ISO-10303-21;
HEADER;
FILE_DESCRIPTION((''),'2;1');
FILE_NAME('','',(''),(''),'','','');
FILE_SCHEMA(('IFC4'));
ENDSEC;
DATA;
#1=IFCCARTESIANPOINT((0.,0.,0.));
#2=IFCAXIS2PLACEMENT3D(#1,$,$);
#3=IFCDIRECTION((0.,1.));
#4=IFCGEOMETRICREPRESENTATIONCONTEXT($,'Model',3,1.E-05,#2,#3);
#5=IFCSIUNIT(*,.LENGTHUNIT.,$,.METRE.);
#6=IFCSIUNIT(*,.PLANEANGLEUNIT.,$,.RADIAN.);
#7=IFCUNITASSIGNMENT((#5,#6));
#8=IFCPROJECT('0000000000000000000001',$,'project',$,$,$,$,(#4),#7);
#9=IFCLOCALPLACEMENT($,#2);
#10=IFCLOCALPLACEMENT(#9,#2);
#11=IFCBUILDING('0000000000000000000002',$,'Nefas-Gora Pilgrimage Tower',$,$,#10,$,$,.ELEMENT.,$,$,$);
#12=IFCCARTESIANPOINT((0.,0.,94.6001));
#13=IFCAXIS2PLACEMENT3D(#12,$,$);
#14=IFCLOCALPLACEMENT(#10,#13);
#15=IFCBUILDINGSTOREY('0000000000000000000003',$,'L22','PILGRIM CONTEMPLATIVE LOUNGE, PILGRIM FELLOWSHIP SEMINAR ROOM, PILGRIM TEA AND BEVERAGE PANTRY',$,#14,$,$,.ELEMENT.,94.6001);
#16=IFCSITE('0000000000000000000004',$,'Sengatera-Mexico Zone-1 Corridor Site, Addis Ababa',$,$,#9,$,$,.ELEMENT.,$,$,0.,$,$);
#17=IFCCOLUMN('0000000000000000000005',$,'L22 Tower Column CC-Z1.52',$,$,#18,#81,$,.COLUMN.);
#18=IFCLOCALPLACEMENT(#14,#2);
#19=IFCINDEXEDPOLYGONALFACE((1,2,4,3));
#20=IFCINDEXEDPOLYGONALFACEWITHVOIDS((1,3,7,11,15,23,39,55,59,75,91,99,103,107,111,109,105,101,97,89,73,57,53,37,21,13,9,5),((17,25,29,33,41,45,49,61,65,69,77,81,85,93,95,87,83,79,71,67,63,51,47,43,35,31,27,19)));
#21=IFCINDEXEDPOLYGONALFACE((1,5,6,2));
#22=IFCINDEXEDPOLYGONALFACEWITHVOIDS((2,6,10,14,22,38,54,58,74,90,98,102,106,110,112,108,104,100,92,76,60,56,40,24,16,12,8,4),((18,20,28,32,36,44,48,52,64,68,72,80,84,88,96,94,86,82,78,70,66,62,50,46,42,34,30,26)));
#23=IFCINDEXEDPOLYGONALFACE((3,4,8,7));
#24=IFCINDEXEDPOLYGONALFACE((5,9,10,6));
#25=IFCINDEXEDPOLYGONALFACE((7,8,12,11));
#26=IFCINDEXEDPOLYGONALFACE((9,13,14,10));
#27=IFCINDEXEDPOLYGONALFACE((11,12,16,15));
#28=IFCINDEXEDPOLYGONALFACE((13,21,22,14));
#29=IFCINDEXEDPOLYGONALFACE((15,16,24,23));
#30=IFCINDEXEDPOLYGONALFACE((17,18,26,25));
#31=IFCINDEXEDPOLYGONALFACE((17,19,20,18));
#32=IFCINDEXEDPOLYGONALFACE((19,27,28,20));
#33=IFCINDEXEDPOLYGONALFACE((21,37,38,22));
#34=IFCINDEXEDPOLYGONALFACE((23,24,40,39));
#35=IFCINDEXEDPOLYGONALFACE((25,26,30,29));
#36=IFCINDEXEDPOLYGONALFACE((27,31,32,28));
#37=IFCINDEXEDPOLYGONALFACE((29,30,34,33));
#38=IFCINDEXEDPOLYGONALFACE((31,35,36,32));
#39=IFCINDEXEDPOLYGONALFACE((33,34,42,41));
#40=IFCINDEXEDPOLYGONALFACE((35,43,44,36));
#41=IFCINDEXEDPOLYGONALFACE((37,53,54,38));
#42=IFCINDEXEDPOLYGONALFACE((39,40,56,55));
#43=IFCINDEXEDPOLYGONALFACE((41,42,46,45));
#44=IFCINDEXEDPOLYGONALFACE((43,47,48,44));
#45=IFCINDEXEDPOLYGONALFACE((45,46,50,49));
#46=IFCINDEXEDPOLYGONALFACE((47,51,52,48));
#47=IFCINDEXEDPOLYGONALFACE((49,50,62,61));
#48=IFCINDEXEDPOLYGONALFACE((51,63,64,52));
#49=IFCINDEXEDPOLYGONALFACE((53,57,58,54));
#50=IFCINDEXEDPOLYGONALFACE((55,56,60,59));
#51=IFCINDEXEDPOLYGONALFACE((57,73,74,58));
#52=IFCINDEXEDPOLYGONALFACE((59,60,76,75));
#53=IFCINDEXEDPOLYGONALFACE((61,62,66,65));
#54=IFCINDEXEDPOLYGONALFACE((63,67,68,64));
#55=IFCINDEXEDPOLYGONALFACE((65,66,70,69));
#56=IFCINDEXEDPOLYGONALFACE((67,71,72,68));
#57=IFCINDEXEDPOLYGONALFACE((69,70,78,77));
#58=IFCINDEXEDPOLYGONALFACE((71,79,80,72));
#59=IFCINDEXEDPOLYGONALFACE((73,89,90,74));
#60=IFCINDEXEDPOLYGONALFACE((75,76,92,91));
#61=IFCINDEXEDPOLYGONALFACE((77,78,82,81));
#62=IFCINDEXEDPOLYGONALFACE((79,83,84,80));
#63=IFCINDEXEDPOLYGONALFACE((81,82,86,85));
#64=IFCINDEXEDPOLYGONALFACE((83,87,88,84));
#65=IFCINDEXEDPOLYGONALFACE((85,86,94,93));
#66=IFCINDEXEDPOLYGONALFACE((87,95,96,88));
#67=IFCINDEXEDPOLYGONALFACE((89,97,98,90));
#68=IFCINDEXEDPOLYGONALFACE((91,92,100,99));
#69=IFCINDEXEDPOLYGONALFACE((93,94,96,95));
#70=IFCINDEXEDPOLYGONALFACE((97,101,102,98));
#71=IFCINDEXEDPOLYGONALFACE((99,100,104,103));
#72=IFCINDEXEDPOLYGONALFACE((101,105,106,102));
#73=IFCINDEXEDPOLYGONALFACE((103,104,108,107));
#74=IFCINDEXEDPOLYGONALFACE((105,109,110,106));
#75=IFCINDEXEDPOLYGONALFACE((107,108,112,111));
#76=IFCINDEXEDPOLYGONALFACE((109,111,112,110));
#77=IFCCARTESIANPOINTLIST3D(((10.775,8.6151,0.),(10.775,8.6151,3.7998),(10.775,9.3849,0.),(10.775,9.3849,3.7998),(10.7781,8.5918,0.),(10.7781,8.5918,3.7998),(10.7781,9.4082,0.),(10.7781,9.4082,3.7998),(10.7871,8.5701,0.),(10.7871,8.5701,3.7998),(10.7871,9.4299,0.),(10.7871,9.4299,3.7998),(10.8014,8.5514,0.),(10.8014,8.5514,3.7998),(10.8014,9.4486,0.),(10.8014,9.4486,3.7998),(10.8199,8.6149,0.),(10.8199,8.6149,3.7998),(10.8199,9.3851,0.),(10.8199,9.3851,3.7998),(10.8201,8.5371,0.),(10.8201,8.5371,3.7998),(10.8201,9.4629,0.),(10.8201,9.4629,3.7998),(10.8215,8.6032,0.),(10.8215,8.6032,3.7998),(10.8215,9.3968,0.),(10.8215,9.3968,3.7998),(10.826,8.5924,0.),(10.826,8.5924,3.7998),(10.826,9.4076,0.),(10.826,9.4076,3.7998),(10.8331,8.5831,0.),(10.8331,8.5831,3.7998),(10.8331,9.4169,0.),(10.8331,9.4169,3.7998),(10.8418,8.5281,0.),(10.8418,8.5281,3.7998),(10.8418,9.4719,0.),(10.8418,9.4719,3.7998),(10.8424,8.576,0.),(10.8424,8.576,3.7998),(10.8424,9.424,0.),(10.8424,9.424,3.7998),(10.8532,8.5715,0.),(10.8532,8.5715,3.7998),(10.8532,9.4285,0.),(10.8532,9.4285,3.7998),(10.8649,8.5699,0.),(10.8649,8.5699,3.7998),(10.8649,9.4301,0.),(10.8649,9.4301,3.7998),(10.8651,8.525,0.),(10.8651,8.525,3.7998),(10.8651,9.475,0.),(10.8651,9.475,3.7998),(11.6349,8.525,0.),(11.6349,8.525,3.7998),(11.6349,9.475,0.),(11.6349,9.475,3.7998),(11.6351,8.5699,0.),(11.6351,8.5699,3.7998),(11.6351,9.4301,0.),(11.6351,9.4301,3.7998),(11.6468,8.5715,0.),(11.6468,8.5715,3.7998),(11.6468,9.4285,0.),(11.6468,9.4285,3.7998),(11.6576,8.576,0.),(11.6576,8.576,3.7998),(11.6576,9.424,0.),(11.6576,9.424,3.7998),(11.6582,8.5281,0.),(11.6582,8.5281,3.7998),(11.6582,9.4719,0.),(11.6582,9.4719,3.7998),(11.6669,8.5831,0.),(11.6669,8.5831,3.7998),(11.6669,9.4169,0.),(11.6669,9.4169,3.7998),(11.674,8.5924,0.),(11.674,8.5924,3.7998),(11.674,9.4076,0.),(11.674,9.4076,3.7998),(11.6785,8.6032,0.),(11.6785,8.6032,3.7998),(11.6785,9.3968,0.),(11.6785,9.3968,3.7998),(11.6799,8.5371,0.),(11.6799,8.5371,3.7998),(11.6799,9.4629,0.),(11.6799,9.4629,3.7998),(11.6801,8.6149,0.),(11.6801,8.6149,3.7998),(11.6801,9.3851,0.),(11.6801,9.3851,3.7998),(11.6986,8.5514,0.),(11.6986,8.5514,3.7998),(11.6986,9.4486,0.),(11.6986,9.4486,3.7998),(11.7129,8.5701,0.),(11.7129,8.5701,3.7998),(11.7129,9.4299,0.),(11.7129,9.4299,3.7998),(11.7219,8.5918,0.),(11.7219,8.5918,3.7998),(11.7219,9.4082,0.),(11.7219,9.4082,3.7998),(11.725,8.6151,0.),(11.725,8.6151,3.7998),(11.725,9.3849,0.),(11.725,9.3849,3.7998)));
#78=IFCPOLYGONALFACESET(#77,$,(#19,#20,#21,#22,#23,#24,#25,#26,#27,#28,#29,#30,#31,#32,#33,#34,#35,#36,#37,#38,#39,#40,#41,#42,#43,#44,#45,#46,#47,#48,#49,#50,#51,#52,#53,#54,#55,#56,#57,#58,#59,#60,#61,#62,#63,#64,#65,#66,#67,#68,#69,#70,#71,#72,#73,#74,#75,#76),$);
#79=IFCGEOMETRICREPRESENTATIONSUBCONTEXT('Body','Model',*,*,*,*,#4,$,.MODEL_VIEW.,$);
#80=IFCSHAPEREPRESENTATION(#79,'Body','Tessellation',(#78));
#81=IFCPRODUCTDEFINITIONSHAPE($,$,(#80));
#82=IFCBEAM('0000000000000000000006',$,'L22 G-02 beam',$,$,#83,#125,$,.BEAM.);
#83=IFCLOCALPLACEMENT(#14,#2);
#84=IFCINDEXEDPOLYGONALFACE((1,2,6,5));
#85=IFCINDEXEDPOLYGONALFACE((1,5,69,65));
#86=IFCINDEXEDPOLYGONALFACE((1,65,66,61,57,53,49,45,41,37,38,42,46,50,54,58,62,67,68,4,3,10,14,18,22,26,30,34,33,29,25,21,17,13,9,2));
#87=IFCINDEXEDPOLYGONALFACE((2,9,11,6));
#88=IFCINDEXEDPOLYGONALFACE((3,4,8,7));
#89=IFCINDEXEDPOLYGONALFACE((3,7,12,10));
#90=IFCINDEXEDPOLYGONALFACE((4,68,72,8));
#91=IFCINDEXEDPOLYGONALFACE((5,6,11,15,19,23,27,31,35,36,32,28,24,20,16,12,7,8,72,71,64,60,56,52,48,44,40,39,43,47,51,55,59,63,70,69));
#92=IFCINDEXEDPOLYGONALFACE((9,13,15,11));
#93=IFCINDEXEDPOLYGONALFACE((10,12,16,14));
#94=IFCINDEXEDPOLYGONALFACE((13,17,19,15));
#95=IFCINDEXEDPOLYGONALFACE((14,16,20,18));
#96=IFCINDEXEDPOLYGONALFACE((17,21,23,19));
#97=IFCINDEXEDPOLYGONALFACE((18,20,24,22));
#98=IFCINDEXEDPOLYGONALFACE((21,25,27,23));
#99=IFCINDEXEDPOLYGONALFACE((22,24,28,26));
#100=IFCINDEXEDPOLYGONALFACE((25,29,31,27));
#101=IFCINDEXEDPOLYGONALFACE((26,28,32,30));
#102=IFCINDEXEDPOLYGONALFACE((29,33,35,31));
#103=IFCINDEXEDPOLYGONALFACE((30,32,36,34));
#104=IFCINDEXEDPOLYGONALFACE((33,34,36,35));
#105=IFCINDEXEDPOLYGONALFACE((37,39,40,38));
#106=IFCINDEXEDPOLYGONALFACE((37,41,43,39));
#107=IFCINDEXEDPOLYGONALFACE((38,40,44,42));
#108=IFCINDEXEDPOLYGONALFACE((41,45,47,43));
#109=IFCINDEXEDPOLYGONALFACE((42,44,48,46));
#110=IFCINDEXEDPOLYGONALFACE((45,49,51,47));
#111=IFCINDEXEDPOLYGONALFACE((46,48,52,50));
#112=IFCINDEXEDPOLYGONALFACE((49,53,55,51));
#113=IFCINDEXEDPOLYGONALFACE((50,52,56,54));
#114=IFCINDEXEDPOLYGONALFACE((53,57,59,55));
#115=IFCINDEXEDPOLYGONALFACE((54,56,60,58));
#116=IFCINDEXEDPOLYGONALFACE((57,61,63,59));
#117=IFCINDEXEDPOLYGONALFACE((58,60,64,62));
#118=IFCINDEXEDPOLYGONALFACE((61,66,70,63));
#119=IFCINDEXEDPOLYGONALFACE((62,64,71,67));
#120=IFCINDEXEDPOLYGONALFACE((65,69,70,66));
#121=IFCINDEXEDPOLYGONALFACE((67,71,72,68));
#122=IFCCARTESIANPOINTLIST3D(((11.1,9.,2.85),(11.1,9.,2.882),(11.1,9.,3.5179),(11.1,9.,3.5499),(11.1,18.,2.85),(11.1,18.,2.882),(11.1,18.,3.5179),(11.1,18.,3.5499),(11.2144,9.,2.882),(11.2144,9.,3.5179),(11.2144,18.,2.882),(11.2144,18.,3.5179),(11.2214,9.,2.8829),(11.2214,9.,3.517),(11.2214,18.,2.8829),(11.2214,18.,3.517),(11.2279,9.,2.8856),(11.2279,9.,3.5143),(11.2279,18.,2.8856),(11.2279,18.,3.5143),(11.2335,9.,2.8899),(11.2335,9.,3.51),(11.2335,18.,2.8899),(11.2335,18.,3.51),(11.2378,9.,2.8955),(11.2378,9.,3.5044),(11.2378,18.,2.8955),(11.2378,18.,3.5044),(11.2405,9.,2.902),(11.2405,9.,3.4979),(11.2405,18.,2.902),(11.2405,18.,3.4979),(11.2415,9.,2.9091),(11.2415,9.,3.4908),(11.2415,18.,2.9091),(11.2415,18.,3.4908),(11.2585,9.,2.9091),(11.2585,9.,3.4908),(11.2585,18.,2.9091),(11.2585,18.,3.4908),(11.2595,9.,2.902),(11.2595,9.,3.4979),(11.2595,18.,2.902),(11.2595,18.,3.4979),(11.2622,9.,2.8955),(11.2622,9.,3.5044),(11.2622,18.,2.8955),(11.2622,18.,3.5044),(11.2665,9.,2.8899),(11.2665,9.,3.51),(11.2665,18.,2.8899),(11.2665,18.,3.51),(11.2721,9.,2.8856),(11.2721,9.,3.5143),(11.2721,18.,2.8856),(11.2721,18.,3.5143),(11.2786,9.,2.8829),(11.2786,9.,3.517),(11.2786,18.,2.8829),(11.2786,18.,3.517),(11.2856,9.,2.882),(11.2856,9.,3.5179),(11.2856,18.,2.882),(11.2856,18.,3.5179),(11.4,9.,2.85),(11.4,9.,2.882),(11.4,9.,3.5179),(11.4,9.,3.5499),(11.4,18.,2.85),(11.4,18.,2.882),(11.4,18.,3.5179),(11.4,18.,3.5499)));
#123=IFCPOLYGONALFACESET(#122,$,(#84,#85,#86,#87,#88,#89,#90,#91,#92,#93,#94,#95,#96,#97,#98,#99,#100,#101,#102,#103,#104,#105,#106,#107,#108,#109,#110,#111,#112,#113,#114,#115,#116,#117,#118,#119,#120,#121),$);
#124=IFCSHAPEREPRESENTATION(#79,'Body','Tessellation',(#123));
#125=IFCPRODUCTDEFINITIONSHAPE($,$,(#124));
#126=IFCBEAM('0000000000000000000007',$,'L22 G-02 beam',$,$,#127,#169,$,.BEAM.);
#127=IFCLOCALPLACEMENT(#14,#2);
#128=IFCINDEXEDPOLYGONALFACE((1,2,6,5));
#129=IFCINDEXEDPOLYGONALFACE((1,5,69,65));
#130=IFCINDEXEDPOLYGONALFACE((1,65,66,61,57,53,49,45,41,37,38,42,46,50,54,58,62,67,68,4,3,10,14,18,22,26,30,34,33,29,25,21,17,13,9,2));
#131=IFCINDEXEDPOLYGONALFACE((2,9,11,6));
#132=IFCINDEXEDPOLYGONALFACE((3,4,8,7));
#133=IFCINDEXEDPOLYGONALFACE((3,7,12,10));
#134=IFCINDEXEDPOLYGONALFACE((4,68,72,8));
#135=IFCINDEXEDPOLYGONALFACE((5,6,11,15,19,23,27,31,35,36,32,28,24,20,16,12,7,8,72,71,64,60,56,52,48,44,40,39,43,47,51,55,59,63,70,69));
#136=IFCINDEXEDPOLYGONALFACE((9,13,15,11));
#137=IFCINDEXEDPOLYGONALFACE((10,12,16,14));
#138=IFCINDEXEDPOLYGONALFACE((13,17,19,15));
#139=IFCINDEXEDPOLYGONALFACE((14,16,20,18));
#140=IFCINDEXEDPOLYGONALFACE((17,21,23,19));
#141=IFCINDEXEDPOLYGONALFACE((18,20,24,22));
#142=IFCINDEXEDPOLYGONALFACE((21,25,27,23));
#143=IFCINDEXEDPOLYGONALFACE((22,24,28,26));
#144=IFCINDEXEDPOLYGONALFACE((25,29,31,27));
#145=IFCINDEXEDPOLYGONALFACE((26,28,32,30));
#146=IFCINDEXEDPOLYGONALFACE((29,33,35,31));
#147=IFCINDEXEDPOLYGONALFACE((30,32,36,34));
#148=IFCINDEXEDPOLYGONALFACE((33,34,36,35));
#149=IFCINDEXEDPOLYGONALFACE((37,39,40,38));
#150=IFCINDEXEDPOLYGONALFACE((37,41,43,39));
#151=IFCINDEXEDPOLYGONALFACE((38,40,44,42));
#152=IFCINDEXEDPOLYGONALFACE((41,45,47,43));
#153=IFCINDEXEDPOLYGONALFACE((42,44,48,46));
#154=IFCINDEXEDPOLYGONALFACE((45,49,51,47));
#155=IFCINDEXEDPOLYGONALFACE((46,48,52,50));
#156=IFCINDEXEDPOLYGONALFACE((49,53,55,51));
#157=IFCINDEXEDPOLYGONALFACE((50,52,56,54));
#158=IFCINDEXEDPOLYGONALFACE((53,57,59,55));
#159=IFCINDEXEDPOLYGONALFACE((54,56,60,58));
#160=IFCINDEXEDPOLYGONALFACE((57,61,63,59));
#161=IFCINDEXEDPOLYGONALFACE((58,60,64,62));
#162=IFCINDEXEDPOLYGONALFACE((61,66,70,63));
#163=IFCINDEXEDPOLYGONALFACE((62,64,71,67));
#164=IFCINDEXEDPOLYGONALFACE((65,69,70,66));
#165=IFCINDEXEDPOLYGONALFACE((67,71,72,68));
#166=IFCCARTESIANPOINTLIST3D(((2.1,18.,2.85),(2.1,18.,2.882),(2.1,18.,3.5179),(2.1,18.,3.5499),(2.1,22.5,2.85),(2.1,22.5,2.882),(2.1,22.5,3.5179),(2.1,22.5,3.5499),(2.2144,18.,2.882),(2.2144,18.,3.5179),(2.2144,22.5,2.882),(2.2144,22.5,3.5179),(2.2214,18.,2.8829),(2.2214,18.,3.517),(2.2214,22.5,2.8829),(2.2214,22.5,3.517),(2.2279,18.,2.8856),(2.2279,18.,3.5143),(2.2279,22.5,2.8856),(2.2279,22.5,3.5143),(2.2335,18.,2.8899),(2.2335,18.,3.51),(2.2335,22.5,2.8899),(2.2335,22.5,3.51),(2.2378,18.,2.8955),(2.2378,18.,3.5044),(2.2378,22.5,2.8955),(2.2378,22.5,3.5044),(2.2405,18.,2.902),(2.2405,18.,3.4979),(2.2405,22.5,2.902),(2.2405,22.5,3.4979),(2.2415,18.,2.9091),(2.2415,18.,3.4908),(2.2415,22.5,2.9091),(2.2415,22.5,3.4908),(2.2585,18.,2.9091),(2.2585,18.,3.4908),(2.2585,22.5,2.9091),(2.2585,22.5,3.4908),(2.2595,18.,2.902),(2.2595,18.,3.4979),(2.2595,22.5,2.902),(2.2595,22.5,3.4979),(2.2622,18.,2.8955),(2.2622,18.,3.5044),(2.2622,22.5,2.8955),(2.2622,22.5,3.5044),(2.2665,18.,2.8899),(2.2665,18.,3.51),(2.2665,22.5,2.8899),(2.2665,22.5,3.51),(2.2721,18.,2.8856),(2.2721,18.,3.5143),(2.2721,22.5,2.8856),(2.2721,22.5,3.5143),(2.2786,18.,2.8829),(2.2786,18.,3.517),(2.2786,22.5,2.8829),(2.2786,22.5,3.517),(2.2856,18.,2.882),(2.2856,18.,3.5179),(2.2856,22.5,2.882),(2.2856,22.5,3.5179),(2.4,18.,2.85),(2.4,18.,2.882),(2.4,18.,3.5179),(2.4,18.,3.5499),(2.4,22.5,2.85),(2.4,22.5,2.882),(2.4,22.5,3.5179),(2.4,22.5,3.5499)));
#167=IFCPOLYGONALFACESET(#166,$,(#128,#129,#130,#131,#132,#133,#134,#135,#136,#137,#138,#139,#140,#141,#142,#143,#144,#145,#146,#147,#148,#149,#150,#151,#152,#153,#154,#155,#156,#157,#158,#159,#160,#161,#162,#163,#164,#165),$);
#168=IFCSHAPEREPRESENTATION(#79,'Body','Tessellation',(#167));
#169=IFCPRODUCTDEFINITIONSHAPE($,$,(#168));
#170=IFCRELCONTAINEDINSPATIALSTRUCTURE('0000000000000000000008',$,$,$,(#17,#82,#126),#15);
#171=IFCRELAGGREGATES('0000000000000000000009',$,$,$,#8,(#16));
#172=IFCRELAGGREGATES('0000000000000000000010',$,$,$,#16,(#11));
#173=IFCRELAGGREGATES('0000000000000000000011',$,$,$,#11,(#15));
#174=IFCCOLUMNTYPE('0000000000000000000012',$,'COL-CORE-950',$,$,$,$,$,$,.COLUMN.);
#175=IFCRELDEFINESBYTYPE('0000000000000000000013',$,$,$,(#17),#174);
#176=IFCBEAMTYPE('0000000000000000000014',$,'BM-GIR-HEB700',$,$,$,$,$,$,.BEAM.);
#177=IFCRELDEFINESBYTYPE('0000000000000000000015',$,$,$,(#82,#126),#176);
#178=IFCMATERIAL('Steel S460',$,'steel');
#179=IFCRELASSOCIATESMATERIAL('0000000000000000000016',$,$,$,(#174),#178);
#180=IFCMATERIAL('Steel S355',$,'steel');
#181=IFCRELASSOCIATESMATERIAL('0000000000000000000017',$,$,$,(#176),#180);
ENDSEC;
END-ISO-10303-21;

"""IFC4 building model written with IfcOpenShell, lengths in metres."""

from ifc_helpers import new_model, si_unit, direction, frame, origin, origin_2d, place, context, subcontext, project, spatial, hollow_rectangle, i_section, extrude, source, transform, mapped, material, material_profile, profile_set, type_object, element, save


model = new_model("IFC4")

# Units and contexts
model_context = context("Model", 3, precision=1e-05, world=origin(), true_north=direction((0.0, 1.0)))
body_context = subcontext(model_context, "Body", "Model", "MODEL_VIEW")
ifc_project = project(units=[si_unit("LENGTHUNIT", "METRE"), si_unit("PLANEANGLEUNIT", "RADIAN")], contexts=[model_context])

# Site, building, storey
site_placement = place(None, origin())
site = spatial("IfcSite", under=ifc_project, at=site_placement, Name="Sengatera-Mexico Zone-1 Corridor Site, Addis Ababa", CompositionType="ELEMENT", RefElevation=0.0)
building_placement = place(site_placement, origin())
building = spatial("IfcBuilding", under=site, at=building_placement, Name="Nefas-Gora Pilgrimage Tower", CompositionType="ELEMENT")
storey_placement = place(building_placement, frame((0.0, 0.0, 94.6001)))
storey = spatial("IfcBuildingStorey", under=building, at=storey_placement, Name="L22", Description="PILGRIM CONTEMPLATIVE LOUNGE, PILGRIM FELLOWSHIP SEMINAR ROOM, PILGRIM TEA AND BEVERAGE PANTRY", CompositionType="ELEMENT", Elevation=94.6001)

# Column
ifc_material_1 = material(Name="Steel S460", Category="steel")
ifc_material_profile_1 = material_profile(ifc_material_1, hollow_rectangle(XDim=0.95, YDim=0.95, WallThickness=0.0449, InnerFilletRadius=0.0449, OuterFilletRadius=0.0901, at=origin_2d()), Name="BOX 950x950x45")
ifc_profile_set_1 = profile_set([ifc_material_profile_1], Name="Steel S460")
column_type_1 = type_object("IfcColumnType", Name="COL-CORE-950", PredefinedType="COLUMN", material=ifc_profile_set_1)
shared_shape_1 = source(origin(), body_context, "Body", "SweptSolid", [
    extrude(hollow_rectangle(XDim=0.95, YDim=0.95, WallThickness=0.0449, InnerFilletRadius=0.0449, OuterFilletRadius=0.0901, at=origin_2d()), origin(), (0.0, 0.0, 1.0), 3.7998),
])
column_placement = place(storey_placement, frame((11.25, 9.0, 0.0), z_axis=(0.0, 0.0, 1.0), x_axis=(1.0, 0.0, 0.0)))
element("IfcColumn", 1, at=column_placement, inside=storey, type_object=column_type_1, Name="L22 Tower Column CC-Z1.52", PredefinedType="COLUMN", context=body_context, shape_type="MappedRepresentation", body=[
    mapped(shared_shape_1, transform((0.0, 0.0, 0.0), x_axis=(1.0, 0.0, 0.0), y_axis=(0.0, 1.0, 0.0), z_axis=(0.0, 0.0, 1.0), scale=1.0)),
])

# Beams
ifc_material_2 = material(Name="Steel S355", Category="steel")
ifc_material_profile_2 = material_profile(ifc_material_2, i_section(OverallWidth=0.3, OverallDepth=0.7, WebThickness=0.0171, FlangeThickness=0.032, FilletRadius=0.0271, at=origin_2d()), Name="HEB 700")
ifc_profile_set_2 = profile_set([ifc_material_profile_2], Name="Steel S355")
beam_type_1 = type_object("IfcBeamType", Name="BM-GIR-HEB700", PredefinedType="BEAM", material=ifc_profile_set_2)
shared_shape_2 = source(origin(), body_context, "Body", "SweptSolid", [
    extrude(i_section(OverallWidth=0.3, OverallDepth=0.7, WebThickness=0.0171, FlangeThickness=0.032, FilletRadius=0.0271, at=origin_2d()), origin(), (0.0, 0.0, 1.0), 9.0),
])
beam_1_placement = place(storey_placement, frame((11.25, 9.0, 3.2), z_axis=(0.0, 1.0, 0.0), x_axis=(-1.0, 0.0, 0.0)))
element("IfcBeam", 2, at=beam_1_placement, inside=storey, type_object=beam_type_1, Name="L22 G-02 beam", PredefinedType="BEAM", context=body_context, shape_type="MappedRepresentation", body=[
    mapped(shared_shape_2, transform((0.0, 0.0, 0.0), x_axis=(1.0, 0.0, 0.0), y_axis=(0.0, 1.0, 0.0), z_axis=(0.0, 0.0, 1.0), scale=1.0)),
])
shared_shape_3 = source(origin(), body_context, "Body", "SweptSolid", [
    extrude(i_section(OverallWidth=0.3, OverallDepth=0.7, WebThickness=0.0171, FlangeThickness=0.032, FilletRadius=0.0271, at=origin_2d()), origin(), (0.0, 0.0, 1.0), 4.5),
])
for number, where, z_axis, x_axis, name in (
    (3, (2.25, 18.0, 3.2), (0.0, 1.0, 0.0), (-1.0, 0.0, 0.0), "L22 G-02 beam"),
):
    element("IfcBeam", number, at=place(storey_placement, frame(where, z_axis=z_axis, x_axis=x_axis)), inside=storey, type_object=beam_type_1, Name=name, PredefinedType="BEAM", context=body_context, shape_type="MappedRepresentation", body=[
        mapped(shared_shape_3, transform((0.0, 0.0, 0.0), x_axis=(1.0, 0.0, 0.0), y_axis=(0.0, 1.0, 0.0), z_axis=(0.0, 0.0, 1.0), scale=1.0)),
    ])

save(model, "model.ifc")
